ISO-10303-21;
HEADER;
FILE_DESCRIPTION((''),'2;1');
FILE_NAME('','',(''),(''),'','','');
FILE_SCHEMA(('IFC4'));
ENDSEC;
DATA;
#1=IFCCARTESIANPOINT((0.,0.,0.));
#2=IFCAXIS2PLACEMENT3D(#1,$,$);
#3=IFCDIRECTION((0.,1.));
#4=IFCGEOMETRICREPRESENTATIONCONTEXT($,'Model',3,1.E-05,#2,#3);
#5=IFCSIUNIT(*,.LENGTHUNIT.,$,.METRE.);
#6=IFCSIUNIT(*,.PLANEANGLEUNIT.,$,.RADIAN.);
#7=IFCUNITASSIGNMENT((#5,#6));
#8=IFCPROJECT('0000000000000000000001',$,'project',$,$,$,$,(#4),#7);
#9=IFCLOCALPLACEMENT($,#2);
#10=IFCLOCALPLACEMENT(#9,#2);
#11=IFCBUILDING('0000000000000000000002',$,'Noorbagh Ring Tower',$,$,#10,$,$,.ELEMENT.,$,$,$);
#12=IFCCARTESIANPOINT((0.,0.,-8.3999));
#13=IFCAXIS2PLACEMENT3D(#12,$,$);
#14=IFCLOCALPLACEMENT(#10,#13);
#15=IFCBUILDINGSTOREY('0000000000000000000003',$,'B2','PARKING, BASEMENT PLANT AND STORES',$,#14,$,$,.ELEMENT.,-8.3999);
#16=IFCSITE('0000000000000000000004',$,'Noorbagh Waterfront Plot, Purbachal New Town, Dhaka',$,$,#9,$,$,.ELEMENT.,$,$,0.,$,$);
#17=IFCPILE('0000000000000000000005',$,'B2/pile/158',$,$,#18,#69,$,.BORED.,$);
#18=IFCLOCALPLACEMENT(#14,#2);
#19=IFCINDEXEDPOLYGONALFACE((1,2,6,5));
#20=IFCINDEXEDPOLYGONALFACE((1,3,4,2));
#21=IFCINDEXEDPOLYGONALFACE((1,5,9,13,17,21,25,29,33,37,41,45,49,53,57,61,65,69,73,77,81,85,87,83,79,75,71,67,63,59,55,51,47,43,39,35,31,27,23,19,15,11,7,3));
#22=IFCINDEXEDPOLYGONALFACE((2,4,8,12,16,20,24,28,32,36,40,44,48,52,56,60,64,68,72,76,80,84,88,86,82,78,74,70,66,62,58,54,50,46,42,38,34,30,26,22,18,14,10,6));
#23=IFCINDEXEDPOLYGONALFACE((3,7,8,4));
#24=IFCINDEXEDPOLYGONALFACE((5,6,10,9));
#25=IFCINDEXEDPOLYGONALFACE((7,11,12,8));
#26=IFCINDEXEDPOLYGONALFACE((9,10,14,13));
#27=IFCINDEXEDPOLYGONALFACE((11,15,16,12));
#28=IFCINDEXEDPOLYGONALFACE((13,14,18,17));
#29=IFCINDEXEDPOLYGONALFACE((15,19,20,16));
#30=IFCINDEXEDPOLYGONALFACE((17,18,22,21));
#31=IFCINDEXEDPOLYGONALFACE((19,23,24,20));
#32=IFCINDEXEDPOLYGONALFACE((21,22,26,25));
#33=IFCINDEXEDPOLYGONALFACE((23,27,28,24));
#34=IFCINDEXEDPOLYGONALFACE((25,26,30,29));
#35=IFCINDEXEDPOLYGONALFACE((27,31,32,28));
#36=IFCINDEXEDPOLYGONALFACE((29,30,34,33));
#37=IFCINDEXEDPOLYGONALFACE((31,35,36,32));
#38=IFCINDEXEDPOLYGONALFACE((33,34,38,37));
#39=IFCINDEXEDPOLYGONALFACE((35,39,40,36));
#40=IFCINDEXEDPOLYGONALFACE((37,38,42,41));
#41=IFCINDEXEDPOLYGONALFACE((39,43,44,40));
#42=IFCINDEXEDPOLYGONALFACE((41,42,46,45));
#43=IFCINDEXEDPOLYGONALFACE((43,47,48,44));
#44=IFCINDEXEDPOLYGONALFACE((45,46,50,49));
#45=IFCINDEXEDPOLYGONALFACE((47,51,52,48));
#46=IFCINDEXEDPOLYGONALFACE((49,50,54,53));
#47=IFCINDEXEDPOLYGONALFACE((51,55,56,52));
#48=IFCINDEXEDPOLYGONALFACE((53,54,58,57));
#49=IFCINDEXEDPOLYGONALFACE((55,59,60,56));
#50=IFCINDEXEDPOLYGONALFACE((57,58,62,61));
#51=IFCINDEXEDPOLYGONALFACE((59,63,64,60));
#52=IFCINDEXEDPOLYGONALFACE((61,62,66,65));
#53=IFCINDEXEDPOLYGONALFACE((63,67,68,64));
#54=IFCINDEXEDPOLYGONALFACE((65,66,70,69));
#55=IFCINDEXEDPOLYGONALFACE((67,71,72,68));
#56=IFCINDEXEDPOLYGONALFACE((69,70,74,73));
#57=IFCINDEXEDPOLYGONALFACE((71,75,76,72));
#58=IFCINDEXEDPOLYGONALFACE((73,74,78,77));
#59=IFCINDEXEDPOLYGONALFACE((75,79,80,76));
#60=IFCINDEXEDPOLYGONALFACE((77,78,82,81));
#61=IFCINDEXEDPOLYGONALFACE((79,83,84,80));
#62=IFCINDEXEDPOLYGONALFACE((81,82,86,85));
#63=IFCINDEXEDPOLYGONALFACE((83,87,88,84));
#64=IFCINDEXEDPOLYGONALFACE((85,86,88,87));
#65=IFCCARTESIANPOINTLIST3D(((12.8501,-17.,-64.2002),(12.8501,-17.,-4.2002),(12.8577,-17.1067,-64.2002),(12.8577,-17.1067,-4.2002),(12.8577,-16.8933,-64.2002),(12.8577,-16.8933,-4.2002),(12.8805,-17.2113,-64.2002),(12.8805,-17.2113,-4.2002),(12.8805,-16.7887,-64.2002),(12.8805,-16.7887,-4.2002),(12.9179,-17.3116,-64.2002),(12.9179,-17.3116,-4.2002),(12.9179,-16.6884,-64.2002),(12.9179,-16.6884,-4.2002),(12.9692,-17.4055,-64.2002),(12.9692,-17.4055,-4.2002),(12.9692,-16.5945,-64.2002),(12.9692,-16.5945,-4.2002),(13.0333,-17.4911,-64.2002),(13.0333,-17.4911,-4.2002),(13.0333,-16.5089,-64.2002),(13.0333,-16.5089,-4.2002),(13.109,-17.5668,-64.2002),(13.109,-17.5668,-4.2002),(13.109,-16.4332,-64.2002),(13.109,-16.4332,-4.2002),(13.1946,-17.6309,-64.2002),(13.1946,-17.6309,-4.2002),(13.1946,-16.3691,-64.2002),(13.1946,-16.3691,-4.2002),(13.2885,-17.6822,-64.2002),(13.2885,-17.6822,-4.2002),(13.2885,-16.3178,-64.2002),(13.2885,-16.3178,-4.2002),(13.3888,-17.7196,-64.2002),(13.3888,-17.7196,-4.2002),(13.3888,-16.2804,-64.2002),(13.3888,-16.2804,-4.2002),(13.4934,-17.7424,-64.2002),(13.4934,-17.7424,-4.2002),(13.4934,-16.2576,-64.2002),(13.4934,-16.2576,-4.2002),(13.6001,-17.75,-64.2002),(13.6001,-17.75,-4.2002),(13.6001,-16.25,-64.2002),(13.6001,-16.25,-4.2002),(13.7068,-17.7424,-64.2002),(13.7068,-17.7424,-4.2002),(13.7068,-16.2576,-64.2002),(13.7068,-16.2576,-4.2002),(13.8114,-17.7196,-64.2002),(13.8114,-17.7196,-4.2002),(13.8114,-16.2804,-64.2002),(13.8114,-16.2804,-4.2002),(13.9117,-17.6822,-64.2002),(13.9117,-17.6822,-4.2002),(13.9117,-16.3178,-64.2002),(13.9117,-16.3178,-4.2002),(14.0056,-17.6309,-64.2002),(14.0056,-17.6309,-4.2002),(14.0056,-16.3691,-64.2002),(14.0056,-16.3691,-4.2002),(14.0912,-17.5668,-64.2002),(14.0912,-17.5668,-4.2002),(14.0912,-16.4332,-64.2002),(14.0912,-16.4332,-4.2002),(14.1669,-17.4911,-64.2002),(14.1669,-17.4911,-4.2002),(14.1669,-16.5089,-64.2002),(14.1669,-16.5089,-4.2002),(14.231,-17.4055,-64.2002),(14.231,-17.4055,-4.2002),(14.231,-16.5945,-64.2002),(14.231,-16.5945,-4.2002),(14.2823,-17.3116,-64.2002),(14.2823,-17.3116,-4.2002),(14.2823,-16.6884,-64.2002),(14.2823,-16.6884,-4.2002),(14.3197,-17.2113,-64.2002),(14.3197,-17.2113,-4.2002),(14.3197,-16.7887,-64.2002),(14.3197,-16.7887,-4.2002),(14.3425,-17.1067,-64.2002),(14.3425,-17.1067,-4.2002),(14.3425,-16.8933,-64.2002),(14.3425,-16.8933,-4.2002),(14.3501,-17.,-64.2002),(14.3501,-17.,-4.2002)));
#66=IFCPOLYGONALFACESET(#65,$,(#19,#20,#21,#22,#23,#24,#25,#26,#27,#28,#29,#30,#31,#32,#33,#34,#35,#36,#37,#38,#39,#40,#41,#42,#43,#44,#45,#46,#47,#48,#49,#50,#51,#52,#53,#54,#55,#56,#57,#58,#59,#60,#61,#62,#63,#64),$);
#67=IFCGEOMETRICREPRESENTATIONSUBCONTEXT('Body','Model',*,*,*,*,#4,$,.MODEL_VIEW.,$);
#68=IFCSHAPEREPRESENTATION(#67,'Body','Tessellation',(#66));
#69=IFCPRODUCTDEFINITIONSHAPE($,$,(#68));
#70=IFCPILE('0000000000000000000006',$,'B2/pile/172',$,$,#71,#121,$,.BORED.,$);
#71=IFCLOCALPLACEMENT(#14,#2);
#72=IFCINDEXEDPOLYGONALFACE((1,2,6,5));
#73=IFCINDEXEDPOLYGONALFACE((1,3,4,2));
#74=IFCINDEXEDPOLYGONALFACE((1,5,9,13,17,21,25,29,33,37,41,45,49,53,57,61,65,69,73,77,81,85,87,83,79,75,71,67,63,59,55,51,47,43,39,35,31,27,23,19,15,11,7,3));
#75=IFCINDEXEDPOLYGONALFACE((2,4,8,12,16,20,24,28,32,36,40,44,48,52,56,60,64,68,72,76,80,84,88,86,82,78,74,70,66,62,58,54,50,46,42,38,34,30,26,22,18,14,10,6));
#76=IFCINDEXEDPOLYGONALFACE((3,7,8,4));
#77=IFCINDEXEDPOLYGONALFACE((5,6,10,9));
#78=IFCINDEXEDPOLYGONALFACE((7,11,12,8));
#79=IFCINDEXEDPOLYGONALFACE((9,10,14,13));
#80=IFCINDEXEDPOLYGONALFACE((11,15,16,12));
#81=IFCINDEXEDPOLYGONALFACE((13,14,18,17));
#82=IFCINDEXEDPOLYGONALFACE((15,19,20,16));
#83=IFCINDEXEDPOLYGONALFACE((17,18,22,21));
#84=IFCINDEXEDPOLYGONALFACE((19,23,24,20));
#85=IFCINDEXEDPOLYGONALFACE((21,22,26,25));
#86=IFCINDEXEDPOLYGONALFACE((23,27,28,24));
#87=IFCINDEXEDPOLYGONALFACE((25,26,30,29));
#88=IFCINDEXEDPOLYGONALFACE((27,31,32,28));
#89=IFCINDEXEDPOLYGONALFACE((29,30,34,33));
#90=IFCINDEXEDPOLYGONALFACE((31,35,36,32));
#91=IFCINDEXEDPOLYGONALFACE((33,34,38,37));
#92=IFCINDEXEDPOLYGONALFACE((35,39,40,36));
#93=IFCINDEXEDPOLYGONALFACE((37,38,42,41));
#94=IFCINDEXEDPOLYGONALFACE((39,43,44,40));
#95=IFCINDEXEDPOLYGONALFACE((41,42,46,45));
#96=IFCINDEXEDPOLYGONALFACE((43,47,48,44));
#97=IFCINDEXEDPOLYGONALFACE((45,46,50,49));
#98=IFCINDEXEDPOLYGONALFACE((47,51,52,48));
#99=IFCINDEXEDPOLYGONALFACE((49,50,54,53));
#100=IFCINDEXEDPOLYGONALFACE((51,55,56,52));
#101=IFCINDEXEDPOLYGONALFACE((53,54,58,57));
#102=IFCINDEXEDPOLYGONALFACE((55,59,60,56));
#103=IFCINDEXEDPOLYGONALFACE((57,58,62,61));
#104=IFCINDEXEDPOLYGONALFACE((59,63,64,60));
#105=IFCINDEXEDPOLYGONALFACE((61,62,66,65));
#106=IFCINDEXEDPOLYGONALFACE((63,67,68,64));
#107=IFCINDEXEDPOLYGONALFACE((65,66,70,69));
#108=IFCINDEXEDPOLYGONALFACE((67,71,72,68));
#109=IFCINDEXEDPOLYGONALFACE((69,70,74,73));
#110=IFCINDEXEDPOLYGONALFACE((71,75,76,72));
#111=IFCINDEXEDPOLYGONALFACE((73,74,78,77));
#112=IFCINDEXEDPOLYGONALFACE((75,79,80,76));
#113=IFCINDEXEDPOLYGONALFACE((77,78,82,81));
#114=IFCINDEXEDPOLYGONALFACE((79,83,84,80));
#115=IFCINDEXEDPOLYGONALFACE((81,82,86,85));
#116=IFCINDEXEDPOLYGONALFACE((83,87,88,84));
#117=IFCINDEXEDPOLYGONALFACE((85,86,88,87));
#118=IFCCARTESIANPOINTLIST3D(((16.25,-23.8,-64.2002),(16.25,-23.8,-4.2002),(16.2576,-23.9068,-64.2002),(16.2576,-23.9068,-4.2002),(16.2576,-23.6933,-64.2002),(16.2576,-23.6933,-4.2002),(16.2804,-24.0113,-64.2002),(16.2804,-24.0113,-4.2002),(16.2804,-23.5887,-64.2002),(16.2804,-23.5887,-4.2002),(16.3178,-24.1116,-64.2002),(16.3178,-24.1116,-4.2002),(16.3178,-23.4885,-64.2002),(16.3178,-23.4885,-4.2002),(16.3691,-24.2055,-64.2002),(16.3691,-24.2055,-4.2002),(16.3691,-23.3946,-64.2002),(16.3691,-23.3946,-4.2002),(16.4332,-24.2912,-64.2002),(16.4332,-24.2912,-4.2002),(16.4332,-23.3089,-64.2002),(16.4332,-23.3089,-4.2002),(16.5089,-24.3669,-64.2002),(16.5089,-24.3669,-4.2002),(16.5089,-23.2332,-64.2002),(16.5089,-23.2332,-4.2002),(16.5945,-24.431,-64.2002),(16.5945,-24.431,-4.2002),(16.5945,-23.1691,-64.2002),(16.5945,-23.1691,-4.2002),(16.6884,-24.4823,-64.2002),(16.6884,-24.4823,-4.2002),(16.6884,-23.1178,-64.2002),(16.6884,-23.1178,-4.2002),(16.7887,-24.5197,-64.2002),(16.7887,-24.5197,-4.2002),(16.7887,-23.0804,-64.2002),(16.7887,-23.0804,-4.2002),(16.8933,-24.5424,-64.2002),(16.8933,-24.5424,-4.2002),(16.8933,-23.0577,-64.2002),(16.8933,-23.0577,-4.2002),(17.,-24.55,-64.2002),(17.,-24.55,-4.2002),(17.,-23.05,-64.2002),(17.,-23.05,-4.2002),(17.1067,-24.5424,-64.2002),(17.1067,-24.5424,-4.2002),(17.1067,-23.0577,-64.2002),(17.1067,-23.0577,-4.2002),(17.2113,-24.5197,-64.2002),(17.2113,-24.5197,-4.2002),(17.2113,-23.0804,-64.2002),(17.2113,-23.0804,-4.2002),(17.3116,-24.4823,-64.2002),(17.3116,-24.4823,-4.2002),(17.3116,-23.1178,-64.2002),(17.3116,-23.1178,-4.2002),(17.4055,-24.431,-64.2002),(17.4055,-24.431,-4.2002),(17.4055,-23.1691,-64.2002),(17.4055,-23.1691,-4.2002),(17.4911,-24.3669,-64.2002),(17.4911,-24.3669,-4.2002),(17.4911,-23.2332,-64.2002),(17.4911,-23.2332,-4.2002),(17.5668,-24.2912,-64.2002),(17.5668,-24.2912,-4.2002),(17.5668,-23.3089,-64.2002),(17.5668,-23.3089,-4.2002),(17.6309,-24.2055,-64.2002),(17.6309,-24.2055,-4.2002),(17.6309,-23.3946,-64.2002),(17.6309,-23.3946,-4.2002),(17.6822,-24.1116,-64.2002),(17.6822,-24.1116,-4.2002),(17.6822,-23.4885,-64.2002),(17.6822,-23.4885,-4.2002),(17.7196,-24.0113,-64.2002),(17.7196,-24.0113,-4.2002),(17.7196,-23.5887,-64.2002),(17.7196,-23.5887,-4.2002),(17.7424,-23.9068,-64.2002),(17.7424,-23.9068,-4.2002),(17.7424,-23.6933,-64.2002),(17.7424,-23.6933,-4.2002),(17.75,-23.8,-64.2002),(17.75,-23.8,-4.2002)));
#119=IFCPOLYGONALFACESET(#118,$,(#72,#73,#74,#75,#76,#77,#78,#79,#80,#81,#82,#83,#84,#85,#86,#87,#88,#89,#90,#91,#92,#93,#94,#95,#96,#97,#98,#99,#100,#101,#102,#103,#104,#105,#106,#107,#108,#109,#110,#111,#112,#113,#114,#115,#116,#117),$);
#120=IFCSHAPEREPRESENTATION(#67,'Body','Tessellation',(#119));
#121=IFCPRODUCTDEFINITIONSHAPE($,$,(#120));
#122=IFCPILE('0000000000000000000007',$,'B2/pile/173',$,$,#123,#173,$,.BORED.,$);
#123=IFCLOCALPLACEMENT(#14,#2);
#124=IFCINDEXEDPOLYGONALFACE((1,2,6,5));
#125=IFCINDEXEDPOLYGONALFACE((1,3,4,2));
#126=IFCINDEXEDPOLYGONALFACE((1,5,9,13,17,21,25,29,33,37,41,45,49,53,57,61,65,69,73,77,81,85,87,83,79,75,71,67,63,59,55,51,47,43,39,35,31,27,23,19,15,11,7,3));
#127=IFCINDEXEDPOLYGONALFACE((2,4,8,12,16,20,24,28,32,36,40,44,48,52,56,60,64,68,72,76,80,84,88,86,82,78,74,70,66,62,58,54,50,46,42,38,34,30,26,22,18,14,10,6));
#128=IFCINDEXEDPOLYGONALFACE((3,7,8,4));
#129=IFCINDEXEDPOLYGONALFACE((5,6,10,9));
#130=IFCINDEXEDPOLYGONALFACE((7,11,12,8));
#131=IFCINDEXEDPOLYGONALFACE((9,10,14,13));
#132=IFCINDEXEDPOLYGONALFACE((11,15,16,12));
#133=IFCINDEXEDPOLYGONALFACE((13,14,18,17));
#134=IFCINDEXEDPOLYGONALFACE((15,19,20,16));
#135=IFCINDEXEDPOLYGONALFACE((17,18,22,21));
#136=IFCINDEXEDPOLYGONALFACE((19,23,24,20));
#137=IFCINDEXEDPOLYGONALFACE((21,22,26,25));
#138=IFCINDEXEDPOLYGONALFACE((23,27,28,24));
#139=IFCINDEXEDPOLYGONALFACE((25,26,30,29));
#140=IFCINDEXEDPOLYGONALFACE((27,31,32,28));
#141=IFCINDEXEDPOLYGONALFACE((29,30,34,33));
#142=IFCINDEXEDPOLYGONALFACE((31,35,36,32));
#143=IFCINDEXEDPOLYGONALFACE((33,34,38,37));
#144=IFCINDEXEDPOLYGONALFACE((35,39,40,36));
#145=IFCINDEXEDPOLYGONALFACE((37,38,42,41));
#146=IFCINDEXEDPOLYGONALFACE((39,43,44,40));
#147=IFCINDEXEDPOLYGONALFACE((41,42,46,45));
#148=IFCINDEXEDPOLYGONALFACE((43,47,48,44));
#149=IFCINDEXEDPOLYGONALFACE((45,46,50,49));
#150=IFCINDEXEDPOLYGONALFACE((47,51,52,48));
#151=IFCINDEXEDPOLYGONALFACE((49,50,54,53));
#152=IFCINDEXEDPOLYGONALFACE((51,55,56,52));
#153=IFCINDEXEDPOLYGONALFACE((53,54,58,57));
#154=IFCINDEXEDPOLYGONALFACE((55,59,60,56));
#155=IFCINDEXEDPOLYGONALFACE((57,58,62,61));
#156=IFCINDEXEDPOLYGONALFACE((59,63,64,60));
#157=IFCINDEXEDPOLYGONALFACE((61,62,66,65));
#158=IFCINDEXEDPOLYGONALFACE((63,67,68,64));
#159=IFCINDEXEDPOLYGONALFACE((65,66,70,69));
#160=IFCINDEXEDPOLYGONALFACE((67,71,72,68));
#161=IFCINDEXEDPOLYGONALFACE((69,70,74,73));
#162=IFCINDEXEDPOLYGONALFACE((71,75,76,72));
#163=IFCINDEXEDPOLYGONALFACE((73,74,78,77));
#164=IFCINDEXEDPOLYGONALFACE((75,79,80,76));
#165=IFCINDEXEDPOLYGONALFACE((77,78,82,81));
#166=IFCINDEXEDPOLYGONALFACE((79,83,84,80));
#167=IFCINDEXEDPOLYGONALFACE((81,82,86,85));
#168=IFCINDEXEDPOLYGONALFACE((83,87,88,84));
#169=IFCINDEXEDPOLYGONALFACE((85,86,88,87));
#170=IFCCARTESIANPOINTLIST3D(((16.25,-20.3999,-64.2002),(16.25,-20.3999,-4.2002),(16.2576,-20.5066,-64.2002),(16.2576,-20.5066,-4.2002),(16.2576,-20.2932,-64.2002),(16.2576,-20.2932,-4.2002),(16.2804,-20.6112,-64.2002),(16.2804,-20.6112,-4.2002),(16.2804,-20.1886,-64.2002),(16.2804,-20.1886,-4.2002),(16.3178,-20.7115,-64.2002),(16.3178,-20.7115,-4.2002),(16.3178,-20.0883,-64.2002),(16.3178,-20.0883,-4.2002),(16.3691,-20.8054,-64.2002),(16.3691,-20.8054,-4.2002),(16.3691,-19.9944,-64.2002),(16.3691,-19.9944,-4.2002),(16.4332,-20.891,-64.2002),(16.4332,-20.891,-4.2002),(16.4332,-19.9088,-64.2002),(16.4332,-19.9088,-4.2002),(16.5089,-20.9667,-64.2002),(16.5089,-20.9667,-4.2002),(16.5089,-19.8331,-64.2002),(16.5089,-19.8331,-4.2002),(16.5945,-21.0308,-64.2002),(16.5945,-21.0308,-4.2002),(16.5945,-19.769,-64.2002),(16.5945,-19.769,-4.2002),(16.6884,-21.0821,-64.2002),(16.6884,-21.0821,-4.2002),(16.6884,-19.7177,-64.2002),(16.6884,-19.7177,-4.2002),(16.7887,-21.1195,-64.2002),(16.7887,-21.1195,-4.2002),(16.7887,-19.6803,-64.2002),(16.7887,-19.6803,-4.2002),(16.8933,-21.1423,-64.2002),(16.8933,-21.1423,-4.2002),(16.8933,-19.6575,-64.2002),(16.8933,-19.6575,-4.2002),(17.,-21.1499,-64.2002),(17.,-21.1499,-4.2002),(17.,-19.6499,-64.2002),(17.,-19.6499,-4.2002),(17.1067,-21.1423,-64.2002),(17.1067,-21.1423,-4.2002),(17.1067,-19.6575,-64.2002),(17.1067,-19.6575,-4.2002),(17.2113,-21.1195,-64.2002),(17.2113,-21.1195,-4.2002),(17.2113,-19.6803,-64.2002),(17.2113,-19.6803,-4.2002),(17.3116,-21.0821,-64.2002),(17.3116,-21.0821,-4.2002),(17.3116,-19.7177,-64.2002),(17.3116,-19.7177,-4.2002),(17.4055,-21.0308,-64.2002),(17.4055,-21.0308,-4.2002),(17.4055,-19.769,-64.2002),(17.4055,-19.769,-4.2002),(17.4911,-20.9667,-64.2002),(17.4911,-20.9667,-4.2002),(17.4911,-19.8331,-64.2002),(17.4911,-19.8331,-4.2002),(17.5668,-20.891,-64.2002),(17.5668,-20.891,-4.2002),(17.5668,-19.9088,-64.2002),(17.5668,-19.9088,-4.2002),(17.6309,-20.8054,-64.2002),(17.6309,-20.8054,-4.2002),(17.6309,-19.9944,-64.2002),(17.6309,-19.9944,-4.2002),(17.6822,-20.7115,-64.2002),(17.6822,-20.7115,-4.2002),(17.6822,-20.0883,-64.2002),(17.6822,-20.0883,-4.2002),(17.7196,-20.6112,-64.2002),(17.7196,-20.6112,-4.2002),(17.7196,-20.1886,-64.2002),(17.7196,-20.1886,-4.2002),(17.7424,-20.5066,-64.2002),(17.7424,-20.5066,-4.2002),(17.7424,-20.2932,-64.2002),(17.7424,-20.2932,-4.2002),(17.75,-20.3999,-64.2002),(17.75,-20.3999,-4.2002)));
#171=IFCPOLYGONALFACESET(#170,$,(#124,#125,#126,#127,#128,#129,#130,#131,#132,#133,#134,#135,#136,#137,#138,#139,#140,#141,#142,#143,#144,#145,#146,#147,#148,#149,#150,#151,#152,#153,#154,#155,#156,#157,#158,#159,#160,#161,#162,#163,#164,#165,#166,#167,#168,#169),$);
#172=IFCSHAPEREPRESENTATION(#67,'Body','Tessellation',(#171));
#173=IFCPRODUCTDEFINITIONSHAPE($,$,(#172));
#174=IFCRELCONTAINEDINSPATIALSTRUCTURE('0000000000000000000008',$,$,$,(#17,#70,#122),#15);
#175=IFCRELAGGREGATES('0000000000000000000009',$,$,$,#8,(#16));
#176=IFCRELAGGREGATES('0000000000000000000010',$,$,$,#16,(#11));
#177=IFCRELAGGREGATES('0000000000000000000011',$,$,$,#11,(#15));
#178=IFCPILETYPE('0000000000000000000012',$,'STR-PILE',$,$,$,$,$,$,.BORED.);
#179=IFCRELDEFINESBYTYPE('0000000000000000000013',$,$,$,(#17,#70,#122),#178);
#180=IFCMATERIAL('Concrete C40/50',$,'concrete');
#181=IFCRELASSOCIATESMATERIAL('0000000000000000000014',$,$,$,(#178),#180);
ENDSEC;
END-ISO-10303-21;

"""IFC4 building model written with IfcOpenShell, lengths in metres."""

from ifc_helpers import new_model, si_unit, direction, frame, origin, origin_2d, place, context, subcontext, project, spatial, circle, extrude, material, material_profile, profile_set, type_object, element, save


model = new_model("IFC4")

# Units and contexts
model_context = context("Model", 3, precision=1e-05, world=origin(), true_north=direction((0.0, 1.0)))
body_context = subcontext(model_context, "Body", "Model", "MODEL_VIEW")
ifc_project = project(units=[si_unit("LENGTHUNIT", "METRE"), si_unit("PLANEANGLEUNIT", "RADIAN")], contexts=[model_context])

# Site, building, storey
site_placement = place(None, origin())
site = spatial("IfcSite", under=ifc_project, at=site_placement, Name="Noorbagh Waterfront Plot, Purbachal New Town, Dhaka", CompositionType="ELEMENT", RefElevation=0.0)
building_placement = place(site_placement, origin())
building = spatial("IfcBuilding", under=site, at=building_placement, Name="Noorbagh Ring Tower", CompositionType="ELEMENT")
storey_placement = place(building_placement, frame((0.0, 0.0, -8.3999)))
storey = spatial("IfcBuildingStorey", under=building, at=storey_placement, Name="B2", Description="PARKING, BASEMENT PLANT AND STORES", CompositionType="ELEMENT", Elevation=-8.3999)

# Piles
ifc_material_1 = material(Name="Concrete C40/50", Category="concrete")
ifc_material_profile_1 = material_profile(ifc_material_1, circle(Radius=0.75, at=origin_2d()), Name="PILE1500")
ifc_profile_set_1 = profile_set([ifc_material_profile_1], Name="Concrete C40/50")
pile_type = type_object("IfcPileType", Name="STR-PILE", PredefinedType="BORED", material=ifc_profile_set_1)
for number, where, z_axis, x_axis, name in (
    (1, (13.6001, -17.0, -4.2002), (0.0, 0.0, -1.0), (1.0, 0.0, 0.0), "B2/pile/158"),
    (2, (17.0, -23.8, -4.2002), (0.0, 0.0, -1.0), (1.0, 0.0, 0.0), "B2/pile/172"),
    (3, (17.0, -20.3999, -4.2002), (0.0, 0.0, -1.0), (1.0, 0.0, 0.0), "B2/pile/173"),
):
    element("IfcPile", number, at=place(storey_placement, frame(where, z_axis=z_axis, x_axis=x_axis)), inside=storey, type_object=pile_type, Name=name, PredefinedType="BORED", context=body_context, shape_type="SweptSolid", body=[
        extrude(circle(Radius=0.75, at=origin_2d()), origin(), (0.0, 0.0, 1.0), 60.0),
    ])

save(model, "model.ifc")
